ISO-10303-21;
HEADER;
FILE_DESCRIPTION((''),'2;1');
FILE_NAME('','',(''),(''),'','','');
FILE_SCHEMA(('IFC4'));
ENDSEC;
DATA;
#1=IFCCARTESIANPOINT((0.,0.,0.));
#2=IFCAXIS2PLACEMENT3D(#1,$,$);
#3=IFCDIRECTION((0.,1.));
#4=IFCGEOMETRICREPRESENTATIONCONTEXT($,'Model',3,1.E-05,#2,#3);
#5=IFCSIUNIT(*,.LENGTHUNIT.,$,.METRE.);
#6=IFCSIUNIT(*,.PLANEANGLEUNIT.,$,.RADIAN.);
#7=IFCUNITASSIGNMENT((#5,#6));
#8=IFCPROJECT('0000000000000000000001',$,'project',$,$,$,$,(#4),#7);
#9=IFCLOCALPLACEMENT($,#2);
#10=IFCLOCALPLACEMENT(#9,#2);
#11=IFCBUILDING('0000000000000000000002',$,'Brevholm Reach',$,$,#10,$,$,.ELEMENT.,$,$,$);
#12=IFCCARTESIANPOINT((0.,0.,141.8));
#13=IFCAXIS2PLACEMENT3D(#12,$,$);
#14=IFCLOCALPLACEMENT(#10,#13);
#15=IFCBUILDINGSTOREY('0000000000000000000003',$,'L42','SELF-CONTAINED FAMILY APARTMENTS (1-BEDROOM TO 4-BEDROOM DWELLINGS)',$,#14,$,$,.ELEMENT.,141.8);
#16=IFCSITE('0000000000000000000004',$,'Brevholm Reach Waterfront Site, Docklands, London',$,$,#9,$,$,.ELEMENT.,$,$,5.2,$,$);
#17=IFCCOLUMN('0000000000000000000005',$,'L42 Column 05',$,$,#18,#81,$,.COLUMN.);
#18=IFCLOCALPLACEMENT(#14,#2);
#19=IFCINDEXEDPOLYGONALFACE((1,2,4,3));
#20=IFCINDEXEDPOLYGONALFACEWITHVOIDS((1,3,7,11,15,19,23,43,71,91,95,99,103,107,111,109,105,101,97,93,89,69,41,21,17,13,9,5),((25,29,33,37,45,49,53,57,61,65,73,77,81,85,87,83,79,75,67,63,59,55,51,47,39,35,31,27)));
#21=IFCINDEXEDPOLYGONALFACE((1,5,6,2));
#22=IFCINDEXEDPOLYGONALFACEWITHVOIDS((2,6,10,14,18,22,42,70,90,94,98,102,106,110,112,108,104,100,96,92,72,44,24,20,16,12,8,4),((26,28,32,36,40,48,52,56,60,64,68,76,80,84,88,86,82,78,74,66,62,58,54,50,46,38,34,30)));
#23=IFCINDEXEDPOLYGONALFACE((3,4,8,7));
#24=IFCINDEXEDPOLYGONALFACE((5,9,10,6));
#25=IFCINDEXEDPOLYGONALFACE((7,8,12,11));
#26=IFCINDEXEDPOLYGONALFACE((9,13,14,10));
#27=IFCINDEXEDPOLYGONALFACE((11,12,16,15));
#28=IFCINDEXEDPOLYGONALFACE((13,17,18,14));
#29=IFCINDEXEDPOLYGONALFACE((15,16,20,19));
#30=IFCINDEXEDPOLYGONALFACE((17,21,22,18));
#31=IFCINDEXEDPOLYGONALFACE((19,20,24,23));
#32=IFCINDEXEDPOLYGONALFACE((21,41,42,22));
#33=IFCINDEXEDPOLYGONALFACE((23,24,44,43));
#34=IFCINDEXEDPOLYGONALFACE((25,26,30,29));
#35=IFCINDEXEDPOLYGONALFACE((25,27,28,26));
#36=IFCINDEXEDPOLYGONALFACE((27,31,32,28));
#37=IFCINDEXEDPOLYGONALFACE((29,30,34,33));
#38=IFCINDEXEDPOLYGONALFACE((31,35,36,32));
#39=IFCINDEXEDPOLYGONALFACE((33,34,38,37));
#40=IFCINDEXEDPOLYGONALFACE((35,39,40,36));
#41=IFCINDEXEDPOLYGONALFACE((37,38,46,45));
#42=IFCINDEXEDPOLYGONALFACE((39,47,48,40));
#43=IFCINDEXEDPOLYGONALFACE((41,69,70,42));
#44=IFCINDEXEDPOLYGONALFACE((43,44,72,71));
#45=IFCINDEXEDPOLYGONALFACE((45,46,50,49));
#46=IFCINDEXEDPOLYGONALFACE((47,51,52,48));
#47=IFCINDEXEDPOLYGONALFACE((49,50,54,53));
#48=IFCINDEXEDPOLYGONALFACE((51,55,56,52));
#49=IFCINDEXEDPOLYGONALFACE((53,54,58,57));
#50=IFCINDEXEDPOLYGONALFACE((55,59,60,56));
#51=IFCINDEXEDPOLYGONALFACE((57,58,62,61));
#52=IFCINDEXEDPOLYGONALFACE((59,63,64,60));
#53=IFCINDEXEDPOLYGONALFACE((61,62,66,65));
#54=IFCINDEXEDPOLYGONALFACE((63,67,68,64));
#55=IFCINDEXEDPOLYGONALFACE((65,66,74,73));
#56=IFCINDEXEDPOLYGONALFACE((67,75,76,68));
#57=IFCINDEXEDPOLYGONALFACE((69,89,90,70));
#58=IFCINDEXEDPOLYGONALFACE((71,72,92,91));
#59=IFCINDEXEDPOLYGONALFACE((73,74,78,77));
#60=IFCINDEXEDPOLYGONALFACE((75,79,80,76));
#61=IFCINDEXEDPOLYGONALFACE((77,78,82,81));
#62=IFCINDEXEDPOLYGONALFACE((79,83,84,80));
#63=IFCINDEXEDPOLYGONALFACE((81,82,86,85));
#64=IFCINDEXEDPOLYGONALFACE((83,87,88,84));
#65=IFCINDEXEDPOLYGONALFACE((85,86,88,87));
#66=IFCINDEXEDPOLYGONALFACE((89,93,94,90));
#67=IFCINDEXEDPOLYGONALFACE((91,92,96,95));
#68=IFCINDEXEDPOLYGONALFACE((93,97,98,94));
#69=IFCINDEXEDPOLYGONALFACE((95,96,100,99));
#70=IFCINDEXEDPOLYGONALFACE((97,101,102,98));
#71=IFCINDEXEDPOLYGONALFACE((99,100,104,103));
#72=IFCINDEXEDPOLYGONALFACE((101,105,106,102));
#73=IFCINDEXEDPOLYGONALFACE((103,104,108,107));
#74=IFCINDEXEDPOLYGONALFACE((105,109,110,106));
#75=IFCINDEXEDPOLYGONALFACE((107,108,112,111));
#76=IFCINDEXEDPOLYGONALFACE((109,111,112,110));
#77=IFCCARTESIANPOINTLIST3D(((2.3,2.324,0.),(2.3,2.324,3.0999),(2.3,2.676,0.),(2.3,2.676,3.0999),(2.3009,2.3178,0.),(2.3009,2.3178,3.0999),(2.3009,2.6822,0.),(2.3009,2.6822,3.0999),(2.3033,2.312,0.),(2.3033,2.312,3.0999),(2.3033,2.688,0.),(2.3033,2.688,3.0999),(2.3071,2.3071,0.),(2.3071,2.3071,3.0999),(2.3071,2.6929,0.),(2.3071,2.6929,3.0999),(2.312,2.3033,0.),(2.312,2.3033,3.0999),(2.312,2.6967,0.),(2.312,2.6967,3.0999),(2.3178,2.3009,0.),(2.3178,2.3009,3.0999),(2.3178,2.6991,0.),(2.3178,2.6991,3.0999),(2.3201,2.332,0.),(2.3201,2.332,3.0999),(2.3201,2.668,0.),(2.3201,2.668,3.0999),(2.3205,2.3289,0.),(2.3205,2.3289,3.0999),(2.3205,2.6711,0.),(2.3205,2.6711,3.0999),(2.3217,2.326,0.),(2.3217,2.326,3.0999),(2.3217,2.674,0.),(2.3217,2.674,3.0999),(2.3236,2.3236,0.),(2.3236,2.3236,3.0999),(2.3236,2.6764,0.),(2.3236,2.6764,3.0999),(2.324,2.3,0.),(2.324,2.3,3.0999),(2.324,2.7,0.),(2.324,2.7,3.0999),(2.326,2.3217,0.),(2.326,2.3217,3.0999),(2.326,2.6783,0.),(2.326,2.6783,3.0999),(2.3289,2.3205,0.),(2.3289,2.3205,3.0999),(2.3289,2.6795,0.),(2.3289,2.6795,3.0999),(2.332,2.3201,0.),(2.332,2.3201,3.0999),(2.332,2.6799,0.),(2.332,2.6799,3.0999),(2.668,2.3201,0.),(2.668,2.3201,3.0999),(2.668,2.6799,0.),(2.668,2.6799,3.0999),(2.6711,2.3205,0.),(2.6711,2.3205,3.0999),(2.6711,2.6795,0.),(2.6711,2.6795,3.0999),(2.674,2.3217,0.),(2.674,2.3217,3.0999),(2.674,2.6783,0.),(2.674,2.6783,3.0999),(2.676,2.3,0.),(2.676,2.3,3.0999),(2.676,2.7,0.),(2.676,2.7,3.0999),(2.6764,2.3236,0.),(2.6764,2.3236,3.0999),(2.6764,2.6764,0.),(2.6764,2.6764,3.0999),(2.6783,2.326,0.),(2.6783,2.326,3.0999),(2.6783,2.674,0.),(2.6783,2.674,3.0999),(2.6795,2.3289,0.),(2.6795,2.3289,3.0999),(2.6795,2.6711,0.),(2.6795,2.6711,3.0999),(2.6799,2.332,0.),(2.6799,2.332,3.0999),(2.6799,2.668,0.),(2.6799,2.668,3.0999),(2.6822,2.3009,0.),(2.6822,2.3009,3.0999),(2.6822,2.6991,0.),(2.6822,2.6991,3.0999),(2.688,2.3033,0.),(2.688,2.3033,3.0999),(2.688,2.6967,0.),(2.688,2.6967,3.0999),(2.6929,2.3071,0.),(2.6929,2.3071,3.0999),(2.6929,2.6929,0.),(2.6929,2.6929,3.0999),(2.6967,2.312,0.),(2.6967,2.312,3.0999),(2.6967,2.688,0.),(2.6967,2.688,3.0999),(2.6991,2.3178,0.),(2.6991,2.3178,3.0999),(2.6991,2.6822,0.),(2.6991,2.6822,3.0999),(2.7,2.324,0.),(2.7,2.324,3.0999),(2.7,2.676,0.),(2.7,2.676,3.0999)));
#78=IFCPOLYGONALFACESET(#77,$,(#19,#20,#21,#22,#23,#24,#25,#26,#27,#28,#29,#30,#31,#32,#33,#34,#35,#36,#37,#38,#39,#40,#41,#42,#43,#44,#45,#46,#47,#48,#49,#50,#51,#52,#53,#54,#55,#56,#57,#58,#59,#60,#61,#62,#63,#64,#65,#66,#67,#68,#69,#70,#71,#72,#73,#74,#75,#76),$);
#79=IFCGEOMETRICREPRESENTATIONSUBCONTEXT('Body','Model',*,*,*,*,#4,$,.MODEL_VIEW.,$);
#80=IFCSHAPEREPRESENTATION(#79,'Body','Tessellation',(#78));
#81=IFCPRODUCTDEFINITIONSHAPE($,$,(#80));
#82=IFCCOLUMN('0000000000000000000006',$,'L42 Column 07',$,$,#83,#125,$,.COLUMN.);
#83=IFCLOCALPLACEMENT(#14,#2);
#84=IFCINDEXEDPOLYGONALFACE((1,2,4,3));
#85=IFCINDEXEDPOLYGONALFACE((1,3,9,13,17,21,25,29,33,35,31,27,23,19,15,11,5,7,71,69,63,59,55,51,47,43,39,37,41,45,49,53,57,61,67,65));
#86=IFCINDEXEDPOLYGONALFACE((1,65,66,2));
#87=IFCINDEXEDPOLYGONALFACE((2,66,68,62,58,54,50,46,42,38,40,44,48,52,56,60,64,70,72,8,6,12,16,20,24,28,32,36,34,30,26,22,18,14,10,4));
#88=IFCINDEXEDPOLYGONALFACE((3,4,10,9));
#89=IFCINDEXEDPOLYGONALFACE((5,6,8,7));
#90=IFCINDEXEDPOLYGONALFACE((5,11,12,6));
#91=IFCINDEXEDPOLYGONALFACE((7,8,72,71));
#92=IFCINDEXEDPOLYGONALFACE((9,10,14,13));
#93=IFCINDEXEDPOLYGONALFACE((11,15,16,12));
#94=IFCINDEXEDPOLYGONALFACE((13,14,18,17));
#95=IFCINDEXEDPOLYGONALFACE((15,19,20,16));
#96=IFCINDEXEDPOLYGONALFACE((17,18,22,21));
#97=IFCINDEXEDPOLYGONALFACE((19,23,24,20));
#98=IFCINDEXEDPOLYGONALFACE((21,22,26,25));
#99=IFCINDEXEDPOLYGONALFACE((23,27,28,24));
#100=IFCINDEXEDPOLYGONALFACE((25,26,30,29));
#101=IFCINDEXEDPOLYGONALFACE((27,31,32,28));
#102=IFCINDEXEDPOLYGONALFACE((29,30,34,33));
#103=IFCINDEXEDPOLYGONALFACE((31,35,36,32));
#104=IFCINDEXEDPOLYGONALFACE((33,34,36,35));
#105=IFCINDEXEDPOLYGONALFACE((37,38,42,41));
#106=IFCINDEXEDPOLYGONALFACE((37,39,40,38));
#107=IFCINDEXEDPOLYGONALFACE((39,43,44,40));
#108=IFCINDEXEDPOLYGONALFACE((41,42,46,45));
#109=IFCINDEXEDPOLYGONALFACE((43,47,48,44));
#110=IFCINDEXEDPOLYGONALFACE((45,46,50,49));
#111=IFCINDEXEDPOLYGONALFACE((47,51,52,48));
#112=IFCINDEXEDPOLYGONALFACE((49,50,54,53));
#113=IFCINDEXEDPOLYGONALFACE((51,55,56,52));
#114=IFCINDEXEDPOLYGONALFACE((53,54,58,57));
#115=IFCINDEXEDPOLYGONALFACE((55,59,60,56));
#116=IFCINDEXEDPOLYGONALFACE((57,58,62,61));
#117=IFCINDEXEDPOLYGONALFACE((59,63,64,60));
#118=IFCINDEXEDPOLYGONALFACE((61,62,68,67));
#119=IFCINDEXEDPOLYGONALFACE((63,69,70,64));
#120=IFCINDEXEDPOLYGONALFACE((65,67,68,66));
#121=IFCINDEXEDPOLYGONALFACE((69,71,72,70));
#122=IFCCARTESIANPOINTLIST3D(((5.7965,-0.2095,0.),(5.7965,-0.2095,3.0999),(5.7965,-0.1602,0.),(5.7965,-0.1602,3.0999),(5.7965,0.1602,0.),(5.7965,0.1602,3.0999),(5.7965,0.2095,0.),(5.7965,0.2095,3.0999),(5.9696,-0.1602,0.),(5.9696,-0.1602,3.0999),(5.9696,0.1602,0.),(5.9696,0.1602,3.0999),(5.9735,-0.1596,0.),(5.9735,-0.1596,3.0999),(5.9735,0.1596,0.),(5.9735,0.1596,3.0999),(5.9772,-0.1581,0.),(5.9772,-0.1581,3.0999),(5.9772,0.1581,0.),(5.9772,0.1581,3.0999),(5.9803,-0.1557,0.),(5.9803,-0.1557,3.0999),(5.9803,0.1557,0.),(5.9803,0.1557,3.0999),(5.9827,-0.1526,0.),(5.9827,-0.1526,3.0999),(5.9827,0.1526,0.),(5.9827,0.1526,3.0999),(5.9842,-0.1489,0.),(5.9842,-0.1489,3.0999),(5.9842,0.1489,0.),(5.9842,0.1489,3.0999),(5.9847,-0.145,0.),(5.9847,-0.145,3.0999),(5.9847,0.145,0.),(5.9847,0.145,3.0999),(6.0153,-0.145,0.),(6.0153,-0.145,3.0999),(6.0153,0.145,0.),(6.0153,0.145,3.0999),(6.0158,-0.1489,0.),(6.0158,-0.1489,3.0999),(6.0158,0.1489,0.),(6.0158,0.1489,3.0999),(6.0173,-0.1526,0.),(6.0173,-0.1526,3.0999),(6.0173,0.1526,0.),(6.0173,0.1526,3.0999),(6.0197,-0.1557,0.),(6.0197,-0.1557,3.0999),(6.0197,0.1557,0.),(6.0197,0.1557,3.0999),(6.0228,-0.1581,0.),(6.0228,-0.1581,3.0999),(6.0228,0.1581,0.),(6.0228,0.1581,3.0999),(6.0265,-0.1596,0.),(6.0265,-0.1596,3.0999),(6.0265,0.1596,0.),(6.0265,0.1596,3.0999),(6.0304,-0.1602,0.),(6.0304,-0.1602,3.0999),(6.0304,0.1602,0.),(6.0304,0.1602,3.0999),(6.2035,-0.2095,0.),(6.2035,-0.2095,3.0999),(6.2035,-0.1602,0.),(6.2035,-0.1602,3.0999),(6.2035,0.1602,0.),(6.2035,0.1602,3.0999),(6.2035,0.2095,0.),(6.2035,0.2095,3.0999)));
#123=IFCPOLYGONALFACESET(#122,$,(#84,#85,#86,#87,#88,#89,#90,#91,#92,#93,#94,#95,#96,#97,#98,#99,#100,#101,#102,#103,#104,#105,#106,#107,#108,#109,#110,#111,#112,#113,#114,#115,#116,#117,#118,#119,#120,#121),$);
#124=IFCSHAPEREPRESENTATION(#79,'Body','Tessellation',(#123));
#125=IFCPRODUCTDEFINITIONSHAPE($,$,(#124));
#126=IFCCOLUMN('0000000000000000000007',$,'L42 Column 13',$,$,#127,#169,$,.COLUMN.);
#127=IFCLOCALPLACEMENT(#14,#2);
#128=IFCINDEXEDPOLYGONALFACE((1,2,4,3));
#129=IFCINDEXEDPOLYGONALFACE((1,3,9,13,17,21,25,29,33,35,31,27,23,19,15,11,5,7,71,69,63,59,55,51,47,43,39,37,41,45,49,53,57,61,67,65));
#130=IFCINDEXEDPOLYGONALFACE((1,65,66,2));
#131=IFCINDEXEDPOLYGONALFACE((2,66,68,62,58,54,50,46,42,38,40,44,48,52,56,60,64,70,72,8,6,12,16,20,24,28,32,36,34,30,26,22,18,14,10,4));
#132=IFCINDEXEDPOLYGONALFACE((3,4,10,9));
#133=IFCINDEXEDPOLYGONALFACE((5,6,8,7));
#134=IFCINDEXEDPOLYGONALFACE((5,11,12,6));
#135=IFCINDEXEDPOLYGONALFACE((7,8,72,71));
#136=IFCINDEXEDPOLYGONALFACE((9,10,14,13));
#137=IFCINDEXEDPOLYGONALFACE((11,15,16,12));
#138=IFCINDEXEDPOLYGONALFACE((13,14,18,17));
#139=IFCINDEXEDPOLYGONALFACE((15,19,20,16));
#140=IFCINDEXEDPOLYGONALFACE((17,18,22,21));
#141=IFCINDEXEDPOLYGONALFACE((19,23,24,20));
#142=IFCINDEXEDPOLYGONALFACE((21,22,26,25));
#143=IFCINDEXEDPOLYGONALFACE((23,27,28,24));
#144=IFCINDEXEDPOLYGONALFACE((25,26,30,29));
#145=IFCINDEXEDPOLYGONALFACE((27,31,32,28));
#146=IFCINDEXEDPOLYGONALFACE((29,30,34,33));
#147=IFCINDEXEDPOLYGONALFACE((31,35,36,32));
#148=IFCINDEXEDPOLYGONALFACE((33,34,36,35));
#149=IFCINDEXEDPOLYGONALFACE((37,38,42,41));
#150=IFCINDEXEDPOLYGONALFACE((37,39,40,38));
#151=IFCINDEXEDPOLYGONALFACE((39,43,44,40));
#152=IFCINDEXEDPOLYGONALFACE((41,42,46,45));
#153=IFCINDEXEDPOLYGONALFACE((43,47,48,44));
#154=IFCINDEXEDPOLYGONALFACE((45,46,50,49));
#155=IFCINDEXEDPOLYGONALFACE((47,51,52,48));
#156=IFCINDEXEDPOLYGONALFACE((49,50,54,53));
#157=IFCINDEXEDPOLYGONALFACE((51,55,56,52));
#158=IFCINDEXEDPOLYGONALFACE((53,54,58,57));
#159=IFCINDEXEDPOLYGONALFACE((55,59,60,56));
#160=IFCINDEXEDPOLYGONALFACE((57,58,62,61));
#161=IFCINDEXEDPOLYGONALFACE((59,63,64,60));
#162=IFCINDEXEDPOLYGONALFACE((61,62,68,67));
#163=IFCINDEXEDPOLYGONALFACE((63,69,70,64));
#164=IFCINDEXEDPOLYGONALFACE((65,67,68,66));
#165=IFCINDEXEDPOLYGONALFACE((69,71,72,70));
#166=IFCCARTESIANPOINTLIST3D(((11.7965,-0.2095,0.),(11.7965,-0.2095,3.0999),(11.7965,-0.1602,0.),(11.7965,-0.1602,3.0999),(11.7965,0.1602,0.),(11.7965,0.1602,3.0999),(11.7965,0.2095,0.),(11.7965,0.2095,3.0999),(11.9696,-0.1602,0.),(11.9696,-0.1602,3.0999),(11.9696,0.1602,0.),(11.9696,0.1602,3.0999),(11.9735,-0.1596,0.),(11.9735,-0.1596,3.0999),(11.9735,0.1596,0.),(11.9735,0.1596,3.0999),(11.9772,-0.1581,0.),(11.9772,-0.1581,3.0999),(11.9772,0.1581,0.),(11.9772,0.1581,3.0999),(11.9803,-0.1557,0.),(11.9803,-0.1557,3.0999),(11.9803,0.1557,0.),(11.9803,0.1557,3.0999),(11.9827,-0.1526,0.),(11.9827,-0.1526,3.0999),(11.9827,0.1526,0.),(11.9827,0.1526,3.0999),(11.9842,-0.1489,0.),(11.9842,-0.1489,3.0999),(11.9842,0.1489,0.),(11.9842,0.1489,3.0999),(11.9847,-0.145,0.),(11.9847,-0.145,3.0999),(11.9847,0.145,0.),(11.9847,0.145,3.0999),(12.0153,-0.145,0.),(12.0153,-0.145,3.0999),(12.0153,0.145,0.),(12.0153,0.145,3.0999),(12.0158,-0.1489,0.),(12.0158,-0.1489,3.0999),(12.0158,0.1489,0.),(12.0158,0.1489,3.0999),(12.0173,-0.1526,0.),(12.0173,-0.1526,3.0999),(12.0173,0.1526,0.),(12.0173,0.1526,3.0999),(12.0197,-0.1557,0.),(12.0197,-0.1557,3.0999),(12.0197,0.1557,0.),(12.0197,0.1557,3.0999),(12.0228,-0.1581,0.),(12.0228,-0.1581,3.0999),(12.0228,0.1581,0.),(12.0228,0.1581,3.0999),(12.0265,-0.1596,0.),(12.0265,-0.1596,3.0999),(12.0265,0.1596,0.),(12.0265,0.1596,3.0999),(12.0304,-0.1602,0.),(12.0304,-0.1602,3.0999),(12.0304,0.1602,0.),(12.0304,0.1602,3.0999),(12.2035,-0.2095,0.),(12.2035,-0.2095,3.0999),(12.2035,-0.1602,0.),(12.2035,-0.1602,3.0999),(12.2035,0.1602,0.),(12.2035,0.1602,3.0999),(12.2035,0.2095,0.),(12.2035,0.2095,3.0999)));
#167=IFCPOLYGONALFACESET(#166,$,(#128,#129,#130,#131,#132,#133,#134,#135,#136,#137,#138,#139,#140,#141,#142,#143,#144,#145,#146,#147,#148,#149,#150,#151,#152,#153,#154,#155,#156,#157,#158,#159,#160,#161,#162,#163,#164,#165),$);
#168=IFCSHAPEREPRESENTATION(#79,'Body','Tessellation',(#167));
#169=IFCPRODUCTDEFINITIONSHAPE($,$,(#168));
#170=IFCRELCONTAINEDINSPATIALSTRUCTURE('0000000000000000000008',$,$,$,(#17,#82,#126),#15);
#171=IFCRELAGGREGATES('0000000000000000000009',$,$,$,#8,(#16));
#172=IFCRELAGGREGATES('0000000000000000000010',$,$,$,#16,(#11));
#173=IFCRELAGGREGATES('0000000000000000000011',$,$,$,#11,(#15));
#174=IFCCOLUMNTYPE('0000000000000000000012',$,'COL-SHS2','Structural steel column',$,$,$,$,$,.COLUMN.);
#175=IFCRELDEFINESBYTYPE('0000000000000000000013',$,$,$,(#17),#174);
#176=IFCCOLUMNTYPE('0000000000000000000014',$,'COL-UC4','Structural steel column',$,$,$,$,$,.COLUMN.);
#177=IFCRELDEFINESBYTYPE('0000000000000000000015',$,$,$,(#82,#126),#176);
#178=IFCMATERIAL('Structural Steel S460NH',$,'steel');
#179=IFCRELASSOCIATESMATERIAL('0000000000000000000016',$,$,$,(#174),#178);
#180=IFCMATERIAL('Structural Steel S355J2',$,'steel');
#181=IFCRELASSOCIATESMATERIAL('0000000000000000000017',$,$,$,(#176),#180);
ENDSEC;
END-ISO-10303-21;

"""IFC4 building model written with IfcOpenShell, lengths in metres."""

from ifc_helpers import new_model, si_unit, direction, frame, origin, origin_2d, place, context, subcontext, project, spatial, hollow_rectangle, i_section, extrude, material, material_profile, profile_set, type_object, element, save


model = new_model("IFC4")

# Units and contexts
model_context = context("Model", 3, precision=1e-05, world=origin(), true_north=direction((0.0, 1.0)))
body_context = subcontext(model_context, "Body", "Model", "MODEL_VIEW")
ifc_project = project(units=[si_unit("LENGTHUNIT", "METRE"), si_unit("PLANEANGLEUNIT", "RADIAN")], contexts=[model_context])

# Site, building, storey
site_placement = place(None, origin())
site = spatial("IfcSite", under=ifc_project, at=site_placement, Name="Brevholm Reach Waterfront Site, Docklands, London", CompositionType="ELEMENT", RefElevation=5.2)
building_placement = place(site_placement, origin())
building = spatial("IfcBuilding", under=site, at=building_placement, Name="Brevholm Reach", CompositionType="ELEMENT")
storey_placement = place(building_placement, frame((0.0, 0.0, 141.8)))
storey = spatial("IfcBuildingStorey", under=building, at=storey_placement, Name="L42", Description="SELF-CONTAINED FAMILY APARTMENTS (1-BEDROOM TO 4-BEDROOM DWELLINGS)", CompositionType="ELEMENT", Elevation=141.8)

# Columns
ifc_material_1 = material(Name="Structural Steel S460NH", Category="steel")
ifc_material_profile_1 = material_profile(ifc_material_1, hollow_rectangle(XDim=0.3999, YDim=0.3999, WallThickness=0.02, InnerFilletRadius=0.012, OuterFilletRadius=0.0239, at=origin_2d()), Name="SHS 400x400x20")
ifc_profile_set_1 = profile_set([ifc_material_profile_1], Name="Structural Steel S460NH")
column_type_1 = type_object("IfcColumnType", Name="COL-SHS2", Description="Structural steel column", PredefinedType="COLUMN", material=ifc_profile_set_1)
column_placement = place(storey_placement, frame((2.5, 2.5, 0.0), z_axis=(0.0, 0.0, 1.0), x_axis=(1.0, 0.0, 0.0)))
element("IfcColumn", 1, at=column_placement, inside=storey, type_object=column_type_1, Name="L42 Column 05", PredefinedType="COLUMN", context=body_context, shape_type="SweptSolid", body=[
    extrude(hollow_rectangle(XDim=0.3999, YDim=0.3999, WallThickness=0.02, InnerFilletRadius=0.012, OuterFilletRadius=0.0239, at=origin_2d()), origin(), (0.0, 0.0, 1.0), 3.0999),
])
ifc_material_2 = material(Name="Structural Steel S355J2", Category="steel")
ifc_material_profile_2 = material_profile(ifc_material_2, i_section(OverallWidth=0.407, OverallDepth=0.4189, WebThickness=0.0305, FlangeThickness=0.0493, FilletRadius=0.0151, at=origin_2d()), Name="UKC 356x406x393")
ifc_profile_set_2 = profile_set([ifc_material_profile_2], Name="Structural Steel S355J2")
column_type_2 = type_object("IfcColumnType", Name="COL-UC4", Description="Structural steel column", PredefinedType="COLUMN", material=ifc_profile_set_2)
for number, where, z_axis, x_axis, name in (
    (2, (6.0, 0.0, 0.0), (0.0, 0.0, 1.0), (1.0, 0.0, 0.0), "L42 Column 07"),
    (3, (12.0, 0.0, 0.0), (0.0, 0.0, 1.0), (1.0, 0.0, 0.0), "L42 Column 13"),
):
    element("IfcColumn", number, at=place(storey_placement, frame(where, z_axis=z_axis, x_axis=x_axis)), inside=storey, type_object=column_type_2, Name=name, PredefinedType="COLUMN", context=body_context, shape_type="SweptSolid", body=[
        extrude(i_section(OverallWidth=0.407, OverallDepth=0.4189, WebThickness=0.0305, FlangeThickness=0.0493, FilletRadius=0.0151, at=origin_2d()), origin(), (0.0, 0.0, 1.0), 3.0999),
    ])

save(model, "model.ifc")
